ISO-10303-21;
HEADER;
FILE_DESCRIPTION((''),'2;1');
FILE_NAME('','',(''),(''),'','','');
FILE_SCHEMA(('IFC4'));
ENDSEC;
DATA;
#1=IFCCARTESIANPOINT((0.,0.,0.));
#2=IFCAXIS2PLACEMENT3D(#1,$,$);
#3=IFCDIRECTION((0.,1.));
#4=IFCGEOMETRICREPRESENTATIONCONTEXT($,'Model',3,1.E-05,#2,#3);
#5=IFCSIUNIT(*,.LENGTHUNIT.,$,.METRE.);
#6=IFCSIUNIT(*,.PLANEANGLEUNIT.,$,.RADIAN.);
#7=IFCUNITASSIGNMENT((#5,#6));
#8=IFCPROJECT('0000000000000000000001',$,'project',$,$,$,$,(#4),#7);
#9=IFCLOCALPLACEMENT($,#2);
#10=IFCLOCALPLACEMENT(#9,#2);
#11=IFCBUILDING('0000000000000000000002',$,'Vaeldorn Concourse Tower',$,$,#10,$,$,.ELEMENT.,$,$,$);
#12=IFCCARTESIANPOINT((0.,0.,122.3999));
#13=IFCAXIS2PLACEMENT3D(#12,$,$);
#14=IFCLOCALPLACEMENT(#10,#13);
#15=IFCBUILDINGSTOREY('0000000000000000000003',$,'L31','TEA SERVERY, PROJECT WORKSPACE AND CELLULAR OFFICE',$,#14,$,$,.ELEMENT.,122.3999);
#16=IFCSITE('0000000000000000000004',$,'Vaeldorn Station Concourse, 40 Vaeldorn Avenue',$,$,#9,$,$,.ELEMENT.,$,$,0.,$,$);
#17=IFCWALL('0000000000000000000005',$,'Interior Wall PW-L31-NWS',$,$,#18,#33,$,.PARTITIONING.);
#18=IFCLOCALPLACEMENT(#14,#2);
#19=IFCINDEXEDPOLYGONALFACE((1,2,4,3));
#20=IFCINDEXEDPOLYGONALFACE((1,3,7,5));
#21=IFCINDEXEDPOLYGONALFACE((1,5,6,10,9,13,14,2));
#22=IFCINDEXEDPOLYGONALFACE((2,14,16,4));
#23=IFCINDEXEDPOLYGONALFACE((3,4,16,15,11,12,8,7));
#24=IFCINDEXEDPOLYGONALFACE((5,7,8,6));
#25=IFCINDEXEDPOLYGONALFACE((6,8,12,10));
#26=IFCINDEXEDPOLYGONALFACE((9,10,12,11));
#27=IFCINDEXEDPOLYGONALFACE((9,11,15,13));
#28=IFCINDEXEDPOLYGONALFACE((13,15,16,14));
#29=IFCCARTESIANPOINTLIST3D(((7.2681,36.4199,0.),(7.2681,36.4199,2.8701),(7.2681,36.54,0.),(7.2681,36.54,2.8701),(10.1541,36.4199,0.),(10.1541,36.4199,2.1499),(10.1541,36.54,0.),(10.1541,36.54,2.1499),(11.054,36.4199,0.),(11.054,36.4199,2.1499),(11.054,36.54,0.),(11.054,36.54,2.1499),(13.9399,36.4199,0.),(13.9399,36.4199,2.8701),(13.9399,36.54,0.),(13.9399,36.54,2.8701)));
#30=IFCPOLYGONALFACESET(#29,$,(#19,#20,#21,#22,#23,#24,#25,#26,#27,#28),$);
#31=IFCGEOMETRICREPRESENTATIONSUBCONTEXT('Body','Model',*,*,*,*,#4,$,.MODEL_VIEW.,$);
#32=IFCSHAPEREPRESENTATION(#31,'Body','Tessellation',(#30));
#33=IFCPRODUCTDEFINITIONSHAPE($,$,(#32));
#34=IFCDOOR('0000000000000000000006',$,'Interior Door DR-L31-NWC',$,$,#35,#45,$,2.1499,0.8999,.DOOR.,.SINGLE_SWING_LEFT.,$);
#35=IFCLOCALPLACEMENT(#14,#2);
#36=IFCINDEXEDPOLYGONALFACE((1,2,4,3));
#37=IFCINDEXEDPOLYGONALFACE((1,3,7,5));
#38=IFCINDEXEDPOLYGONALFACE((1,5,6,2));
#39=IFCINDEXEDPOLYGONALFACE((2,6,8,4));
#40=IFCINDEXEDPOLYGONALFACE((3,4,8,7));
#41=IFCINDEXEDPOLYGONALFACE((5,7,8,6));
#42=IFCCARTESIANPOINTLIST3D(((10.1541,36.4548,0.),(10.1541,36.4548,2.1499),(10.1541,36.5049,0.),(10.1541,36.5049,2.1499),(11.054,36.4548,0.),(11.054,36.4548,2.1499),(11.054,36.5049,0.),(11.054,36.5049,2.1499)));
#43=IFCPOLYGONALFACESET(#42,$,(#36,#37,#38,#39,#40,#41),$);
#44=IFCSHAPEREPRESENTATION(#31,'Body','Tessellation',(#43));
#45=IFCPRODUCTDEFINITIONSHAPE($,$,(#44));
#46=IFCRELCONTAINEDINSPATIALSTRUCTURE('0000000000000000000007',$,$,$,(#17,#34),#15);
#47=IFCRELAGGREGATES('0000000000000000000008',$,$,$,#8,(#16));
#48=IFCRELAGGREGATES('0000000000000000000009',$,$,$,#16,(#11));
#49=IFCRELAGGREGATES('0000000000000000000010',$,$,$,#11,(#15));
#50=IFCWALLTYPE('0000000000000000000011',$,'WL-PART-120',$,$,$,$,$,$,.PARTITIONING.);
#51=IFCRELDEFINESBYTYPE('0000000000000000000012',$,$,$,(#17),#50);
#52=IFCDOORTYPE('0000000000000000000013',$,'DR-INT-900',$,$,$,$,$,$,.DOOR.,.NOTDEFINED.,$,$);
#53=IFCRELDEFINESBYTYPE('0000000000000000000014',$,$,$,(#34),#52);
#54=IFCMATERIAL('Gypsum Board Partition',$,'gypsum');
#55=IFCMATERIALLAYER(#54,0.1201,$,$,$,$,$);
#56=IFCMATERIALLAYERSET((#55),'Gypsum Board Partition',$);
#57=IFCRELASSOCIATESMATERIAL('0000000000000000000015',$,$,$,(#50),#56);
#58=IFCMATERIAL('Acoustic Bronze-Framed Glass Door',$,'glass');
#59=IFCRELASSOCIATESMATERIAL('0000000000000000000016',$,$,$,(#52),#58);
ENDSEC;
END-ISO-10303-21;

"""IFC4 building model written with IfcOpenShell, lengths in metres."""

from ifc_helpers import new_model, si_unit, direction, frame, frame_2d, origin, place, context, subcontext, project, spatial, rectangle, extrude, source, transform, mapped, material, layer, layer_set, type_object, element, fill, save


model = new_model("IFC4")

# Units and contexts
model_context = context("Model", 3, precision=1e-05, world=origin(), true_north=direction((0.0, 1.0)))
body_context = subcontext(model_context, "Body", "Model", "MODEL_VIEW")
ifc_project = project(units=[si_unit("LENGTHUNIT", "METRE"), si_unit("PLANEANGLEUNIT", "RADIAN")], contexts=[model_context])

# Site, building, storey
site_placement = place(None, origin())
site = spatial("IfcSite", under=ifc_project, at=site_placement, Name="Vaeldorn Station Concourse, 40 Vaeldorn Avenue", CompositionType="ELEMENT", RefElevation=0.0)
building_placement = place(site_placement, origin())
building = spatial("IfcBuilding", under=site, at=building_placement, Name="Vaeldorn Concourse Tower", CompositionType="ELEMENT")
storey_placement = place(building_placement, frame((0.0, 0.0, 122.3999)))
storey = spatial("IfcBuildingStorey", under=building, at=storey_placement, Name="L31", Description="TEA SERVERY, PROJECT WORKSPACE AND CELLULAR OFFICE", CompositionType="ELEMENT", Elevation=122.3999)

# Shared definitions
ifc_material_1 = material(Name="Gypsum Board Partition", Category="gypsum")
ifc_layer_1 = layer(ifc_material_1, 0.1201)
ifc_layer_set_1 = layer_set([ifc_layer_1], Name="Gypsum Board Partition")
wall_type_1 = type_object("IfcWallType", Name="WL-PART-120", PredefinedType="PARTITIONING", material=ifc_layer_set_1)
ifc_material_2 = material(Name="Acoustic Bronze-Framed Glass Door", Category="glass")
door_type = type_object("IfcDoorType", Name="DR-INT-900", OperationType="NOTDEFINED", PredefinedType="DOOR", material=ifc_material_2)
shared_shape_1 = source(origin(), body_context, "Body", "SweptSolid", [
    extrude(rectangle(XDim=0.8999, YDim=2.1499, at=frame_2d((0.45, 1.075))), frame((0.0, 0.0249, 0.0), z_axis=(0.0, -1.0, 0.0), x_axis=(1.0, 0.0, 0.0)), (0.0, 0.0, 1.0), 0.05),
])

# Wall, opening, door
wall_1_placement = place(storey_placement, frame((7.2681, 36.48, 0.0), z_axis=(0.0, 0.0, 1.0), x_axis=(1.0, 0.0, 0.0)))
wall_1 = element("IfcWall", 1, at=wall_1_placement, inside=storey, type_object=wall_type_1, Name="Interior Wall PW-L31-NWS", PredefinedType="PARTITIONING", context=body_context, shape_type="SweptSolid", body=[
    extrude(rectangle(XDim=6.6719, YDim=0.1201, at=frame_2d((3.3359, 0.0))), origin(), (0.0, 0.0, 1.0), 2.8701),
])
opening_1_placement = place(wall_1_placement, frame((2.886, 0.0, 0.0)))
opening_1 = element("IfcOpeningElement", 2, at=opening_1_placement, cuts=wall_1, PredefinedType="OPENING", context=body_context, shape_type="SweptSolid", body=[
    extrude(rectangle(XDim=0.8999, YDim=2.1499, at=frame_2d((0.45, 1.075))), frame((0.0, 0.0701, 0.0), z_axis=(0.0, -1.0, 0.0), x_axis=(1.0, 0.0, 0.0)), (0.0, 0.0, 1.0), 0.1401),
])
door_1_placement = place(opening_1_placement, origin())
door_1 = element("IfcDoor", 3, at=door_1_placement, inside=storey, type_object=door_type, Name="Interior Door DR-L31-NWC", OperationType="SINGLE_SWING_LEFT", OverallHeight=2.1499, OverallWidth=0.8999, PredefinedType="DOOR", context=body_context, shape_type="MappedRepresentation", body=[
    mapped(shared_shape_1, transform((0.0, 0.0, 0.0), scale=1.0)),
])
fill(opening_1, door_1)

save(model, "model.ifc")
